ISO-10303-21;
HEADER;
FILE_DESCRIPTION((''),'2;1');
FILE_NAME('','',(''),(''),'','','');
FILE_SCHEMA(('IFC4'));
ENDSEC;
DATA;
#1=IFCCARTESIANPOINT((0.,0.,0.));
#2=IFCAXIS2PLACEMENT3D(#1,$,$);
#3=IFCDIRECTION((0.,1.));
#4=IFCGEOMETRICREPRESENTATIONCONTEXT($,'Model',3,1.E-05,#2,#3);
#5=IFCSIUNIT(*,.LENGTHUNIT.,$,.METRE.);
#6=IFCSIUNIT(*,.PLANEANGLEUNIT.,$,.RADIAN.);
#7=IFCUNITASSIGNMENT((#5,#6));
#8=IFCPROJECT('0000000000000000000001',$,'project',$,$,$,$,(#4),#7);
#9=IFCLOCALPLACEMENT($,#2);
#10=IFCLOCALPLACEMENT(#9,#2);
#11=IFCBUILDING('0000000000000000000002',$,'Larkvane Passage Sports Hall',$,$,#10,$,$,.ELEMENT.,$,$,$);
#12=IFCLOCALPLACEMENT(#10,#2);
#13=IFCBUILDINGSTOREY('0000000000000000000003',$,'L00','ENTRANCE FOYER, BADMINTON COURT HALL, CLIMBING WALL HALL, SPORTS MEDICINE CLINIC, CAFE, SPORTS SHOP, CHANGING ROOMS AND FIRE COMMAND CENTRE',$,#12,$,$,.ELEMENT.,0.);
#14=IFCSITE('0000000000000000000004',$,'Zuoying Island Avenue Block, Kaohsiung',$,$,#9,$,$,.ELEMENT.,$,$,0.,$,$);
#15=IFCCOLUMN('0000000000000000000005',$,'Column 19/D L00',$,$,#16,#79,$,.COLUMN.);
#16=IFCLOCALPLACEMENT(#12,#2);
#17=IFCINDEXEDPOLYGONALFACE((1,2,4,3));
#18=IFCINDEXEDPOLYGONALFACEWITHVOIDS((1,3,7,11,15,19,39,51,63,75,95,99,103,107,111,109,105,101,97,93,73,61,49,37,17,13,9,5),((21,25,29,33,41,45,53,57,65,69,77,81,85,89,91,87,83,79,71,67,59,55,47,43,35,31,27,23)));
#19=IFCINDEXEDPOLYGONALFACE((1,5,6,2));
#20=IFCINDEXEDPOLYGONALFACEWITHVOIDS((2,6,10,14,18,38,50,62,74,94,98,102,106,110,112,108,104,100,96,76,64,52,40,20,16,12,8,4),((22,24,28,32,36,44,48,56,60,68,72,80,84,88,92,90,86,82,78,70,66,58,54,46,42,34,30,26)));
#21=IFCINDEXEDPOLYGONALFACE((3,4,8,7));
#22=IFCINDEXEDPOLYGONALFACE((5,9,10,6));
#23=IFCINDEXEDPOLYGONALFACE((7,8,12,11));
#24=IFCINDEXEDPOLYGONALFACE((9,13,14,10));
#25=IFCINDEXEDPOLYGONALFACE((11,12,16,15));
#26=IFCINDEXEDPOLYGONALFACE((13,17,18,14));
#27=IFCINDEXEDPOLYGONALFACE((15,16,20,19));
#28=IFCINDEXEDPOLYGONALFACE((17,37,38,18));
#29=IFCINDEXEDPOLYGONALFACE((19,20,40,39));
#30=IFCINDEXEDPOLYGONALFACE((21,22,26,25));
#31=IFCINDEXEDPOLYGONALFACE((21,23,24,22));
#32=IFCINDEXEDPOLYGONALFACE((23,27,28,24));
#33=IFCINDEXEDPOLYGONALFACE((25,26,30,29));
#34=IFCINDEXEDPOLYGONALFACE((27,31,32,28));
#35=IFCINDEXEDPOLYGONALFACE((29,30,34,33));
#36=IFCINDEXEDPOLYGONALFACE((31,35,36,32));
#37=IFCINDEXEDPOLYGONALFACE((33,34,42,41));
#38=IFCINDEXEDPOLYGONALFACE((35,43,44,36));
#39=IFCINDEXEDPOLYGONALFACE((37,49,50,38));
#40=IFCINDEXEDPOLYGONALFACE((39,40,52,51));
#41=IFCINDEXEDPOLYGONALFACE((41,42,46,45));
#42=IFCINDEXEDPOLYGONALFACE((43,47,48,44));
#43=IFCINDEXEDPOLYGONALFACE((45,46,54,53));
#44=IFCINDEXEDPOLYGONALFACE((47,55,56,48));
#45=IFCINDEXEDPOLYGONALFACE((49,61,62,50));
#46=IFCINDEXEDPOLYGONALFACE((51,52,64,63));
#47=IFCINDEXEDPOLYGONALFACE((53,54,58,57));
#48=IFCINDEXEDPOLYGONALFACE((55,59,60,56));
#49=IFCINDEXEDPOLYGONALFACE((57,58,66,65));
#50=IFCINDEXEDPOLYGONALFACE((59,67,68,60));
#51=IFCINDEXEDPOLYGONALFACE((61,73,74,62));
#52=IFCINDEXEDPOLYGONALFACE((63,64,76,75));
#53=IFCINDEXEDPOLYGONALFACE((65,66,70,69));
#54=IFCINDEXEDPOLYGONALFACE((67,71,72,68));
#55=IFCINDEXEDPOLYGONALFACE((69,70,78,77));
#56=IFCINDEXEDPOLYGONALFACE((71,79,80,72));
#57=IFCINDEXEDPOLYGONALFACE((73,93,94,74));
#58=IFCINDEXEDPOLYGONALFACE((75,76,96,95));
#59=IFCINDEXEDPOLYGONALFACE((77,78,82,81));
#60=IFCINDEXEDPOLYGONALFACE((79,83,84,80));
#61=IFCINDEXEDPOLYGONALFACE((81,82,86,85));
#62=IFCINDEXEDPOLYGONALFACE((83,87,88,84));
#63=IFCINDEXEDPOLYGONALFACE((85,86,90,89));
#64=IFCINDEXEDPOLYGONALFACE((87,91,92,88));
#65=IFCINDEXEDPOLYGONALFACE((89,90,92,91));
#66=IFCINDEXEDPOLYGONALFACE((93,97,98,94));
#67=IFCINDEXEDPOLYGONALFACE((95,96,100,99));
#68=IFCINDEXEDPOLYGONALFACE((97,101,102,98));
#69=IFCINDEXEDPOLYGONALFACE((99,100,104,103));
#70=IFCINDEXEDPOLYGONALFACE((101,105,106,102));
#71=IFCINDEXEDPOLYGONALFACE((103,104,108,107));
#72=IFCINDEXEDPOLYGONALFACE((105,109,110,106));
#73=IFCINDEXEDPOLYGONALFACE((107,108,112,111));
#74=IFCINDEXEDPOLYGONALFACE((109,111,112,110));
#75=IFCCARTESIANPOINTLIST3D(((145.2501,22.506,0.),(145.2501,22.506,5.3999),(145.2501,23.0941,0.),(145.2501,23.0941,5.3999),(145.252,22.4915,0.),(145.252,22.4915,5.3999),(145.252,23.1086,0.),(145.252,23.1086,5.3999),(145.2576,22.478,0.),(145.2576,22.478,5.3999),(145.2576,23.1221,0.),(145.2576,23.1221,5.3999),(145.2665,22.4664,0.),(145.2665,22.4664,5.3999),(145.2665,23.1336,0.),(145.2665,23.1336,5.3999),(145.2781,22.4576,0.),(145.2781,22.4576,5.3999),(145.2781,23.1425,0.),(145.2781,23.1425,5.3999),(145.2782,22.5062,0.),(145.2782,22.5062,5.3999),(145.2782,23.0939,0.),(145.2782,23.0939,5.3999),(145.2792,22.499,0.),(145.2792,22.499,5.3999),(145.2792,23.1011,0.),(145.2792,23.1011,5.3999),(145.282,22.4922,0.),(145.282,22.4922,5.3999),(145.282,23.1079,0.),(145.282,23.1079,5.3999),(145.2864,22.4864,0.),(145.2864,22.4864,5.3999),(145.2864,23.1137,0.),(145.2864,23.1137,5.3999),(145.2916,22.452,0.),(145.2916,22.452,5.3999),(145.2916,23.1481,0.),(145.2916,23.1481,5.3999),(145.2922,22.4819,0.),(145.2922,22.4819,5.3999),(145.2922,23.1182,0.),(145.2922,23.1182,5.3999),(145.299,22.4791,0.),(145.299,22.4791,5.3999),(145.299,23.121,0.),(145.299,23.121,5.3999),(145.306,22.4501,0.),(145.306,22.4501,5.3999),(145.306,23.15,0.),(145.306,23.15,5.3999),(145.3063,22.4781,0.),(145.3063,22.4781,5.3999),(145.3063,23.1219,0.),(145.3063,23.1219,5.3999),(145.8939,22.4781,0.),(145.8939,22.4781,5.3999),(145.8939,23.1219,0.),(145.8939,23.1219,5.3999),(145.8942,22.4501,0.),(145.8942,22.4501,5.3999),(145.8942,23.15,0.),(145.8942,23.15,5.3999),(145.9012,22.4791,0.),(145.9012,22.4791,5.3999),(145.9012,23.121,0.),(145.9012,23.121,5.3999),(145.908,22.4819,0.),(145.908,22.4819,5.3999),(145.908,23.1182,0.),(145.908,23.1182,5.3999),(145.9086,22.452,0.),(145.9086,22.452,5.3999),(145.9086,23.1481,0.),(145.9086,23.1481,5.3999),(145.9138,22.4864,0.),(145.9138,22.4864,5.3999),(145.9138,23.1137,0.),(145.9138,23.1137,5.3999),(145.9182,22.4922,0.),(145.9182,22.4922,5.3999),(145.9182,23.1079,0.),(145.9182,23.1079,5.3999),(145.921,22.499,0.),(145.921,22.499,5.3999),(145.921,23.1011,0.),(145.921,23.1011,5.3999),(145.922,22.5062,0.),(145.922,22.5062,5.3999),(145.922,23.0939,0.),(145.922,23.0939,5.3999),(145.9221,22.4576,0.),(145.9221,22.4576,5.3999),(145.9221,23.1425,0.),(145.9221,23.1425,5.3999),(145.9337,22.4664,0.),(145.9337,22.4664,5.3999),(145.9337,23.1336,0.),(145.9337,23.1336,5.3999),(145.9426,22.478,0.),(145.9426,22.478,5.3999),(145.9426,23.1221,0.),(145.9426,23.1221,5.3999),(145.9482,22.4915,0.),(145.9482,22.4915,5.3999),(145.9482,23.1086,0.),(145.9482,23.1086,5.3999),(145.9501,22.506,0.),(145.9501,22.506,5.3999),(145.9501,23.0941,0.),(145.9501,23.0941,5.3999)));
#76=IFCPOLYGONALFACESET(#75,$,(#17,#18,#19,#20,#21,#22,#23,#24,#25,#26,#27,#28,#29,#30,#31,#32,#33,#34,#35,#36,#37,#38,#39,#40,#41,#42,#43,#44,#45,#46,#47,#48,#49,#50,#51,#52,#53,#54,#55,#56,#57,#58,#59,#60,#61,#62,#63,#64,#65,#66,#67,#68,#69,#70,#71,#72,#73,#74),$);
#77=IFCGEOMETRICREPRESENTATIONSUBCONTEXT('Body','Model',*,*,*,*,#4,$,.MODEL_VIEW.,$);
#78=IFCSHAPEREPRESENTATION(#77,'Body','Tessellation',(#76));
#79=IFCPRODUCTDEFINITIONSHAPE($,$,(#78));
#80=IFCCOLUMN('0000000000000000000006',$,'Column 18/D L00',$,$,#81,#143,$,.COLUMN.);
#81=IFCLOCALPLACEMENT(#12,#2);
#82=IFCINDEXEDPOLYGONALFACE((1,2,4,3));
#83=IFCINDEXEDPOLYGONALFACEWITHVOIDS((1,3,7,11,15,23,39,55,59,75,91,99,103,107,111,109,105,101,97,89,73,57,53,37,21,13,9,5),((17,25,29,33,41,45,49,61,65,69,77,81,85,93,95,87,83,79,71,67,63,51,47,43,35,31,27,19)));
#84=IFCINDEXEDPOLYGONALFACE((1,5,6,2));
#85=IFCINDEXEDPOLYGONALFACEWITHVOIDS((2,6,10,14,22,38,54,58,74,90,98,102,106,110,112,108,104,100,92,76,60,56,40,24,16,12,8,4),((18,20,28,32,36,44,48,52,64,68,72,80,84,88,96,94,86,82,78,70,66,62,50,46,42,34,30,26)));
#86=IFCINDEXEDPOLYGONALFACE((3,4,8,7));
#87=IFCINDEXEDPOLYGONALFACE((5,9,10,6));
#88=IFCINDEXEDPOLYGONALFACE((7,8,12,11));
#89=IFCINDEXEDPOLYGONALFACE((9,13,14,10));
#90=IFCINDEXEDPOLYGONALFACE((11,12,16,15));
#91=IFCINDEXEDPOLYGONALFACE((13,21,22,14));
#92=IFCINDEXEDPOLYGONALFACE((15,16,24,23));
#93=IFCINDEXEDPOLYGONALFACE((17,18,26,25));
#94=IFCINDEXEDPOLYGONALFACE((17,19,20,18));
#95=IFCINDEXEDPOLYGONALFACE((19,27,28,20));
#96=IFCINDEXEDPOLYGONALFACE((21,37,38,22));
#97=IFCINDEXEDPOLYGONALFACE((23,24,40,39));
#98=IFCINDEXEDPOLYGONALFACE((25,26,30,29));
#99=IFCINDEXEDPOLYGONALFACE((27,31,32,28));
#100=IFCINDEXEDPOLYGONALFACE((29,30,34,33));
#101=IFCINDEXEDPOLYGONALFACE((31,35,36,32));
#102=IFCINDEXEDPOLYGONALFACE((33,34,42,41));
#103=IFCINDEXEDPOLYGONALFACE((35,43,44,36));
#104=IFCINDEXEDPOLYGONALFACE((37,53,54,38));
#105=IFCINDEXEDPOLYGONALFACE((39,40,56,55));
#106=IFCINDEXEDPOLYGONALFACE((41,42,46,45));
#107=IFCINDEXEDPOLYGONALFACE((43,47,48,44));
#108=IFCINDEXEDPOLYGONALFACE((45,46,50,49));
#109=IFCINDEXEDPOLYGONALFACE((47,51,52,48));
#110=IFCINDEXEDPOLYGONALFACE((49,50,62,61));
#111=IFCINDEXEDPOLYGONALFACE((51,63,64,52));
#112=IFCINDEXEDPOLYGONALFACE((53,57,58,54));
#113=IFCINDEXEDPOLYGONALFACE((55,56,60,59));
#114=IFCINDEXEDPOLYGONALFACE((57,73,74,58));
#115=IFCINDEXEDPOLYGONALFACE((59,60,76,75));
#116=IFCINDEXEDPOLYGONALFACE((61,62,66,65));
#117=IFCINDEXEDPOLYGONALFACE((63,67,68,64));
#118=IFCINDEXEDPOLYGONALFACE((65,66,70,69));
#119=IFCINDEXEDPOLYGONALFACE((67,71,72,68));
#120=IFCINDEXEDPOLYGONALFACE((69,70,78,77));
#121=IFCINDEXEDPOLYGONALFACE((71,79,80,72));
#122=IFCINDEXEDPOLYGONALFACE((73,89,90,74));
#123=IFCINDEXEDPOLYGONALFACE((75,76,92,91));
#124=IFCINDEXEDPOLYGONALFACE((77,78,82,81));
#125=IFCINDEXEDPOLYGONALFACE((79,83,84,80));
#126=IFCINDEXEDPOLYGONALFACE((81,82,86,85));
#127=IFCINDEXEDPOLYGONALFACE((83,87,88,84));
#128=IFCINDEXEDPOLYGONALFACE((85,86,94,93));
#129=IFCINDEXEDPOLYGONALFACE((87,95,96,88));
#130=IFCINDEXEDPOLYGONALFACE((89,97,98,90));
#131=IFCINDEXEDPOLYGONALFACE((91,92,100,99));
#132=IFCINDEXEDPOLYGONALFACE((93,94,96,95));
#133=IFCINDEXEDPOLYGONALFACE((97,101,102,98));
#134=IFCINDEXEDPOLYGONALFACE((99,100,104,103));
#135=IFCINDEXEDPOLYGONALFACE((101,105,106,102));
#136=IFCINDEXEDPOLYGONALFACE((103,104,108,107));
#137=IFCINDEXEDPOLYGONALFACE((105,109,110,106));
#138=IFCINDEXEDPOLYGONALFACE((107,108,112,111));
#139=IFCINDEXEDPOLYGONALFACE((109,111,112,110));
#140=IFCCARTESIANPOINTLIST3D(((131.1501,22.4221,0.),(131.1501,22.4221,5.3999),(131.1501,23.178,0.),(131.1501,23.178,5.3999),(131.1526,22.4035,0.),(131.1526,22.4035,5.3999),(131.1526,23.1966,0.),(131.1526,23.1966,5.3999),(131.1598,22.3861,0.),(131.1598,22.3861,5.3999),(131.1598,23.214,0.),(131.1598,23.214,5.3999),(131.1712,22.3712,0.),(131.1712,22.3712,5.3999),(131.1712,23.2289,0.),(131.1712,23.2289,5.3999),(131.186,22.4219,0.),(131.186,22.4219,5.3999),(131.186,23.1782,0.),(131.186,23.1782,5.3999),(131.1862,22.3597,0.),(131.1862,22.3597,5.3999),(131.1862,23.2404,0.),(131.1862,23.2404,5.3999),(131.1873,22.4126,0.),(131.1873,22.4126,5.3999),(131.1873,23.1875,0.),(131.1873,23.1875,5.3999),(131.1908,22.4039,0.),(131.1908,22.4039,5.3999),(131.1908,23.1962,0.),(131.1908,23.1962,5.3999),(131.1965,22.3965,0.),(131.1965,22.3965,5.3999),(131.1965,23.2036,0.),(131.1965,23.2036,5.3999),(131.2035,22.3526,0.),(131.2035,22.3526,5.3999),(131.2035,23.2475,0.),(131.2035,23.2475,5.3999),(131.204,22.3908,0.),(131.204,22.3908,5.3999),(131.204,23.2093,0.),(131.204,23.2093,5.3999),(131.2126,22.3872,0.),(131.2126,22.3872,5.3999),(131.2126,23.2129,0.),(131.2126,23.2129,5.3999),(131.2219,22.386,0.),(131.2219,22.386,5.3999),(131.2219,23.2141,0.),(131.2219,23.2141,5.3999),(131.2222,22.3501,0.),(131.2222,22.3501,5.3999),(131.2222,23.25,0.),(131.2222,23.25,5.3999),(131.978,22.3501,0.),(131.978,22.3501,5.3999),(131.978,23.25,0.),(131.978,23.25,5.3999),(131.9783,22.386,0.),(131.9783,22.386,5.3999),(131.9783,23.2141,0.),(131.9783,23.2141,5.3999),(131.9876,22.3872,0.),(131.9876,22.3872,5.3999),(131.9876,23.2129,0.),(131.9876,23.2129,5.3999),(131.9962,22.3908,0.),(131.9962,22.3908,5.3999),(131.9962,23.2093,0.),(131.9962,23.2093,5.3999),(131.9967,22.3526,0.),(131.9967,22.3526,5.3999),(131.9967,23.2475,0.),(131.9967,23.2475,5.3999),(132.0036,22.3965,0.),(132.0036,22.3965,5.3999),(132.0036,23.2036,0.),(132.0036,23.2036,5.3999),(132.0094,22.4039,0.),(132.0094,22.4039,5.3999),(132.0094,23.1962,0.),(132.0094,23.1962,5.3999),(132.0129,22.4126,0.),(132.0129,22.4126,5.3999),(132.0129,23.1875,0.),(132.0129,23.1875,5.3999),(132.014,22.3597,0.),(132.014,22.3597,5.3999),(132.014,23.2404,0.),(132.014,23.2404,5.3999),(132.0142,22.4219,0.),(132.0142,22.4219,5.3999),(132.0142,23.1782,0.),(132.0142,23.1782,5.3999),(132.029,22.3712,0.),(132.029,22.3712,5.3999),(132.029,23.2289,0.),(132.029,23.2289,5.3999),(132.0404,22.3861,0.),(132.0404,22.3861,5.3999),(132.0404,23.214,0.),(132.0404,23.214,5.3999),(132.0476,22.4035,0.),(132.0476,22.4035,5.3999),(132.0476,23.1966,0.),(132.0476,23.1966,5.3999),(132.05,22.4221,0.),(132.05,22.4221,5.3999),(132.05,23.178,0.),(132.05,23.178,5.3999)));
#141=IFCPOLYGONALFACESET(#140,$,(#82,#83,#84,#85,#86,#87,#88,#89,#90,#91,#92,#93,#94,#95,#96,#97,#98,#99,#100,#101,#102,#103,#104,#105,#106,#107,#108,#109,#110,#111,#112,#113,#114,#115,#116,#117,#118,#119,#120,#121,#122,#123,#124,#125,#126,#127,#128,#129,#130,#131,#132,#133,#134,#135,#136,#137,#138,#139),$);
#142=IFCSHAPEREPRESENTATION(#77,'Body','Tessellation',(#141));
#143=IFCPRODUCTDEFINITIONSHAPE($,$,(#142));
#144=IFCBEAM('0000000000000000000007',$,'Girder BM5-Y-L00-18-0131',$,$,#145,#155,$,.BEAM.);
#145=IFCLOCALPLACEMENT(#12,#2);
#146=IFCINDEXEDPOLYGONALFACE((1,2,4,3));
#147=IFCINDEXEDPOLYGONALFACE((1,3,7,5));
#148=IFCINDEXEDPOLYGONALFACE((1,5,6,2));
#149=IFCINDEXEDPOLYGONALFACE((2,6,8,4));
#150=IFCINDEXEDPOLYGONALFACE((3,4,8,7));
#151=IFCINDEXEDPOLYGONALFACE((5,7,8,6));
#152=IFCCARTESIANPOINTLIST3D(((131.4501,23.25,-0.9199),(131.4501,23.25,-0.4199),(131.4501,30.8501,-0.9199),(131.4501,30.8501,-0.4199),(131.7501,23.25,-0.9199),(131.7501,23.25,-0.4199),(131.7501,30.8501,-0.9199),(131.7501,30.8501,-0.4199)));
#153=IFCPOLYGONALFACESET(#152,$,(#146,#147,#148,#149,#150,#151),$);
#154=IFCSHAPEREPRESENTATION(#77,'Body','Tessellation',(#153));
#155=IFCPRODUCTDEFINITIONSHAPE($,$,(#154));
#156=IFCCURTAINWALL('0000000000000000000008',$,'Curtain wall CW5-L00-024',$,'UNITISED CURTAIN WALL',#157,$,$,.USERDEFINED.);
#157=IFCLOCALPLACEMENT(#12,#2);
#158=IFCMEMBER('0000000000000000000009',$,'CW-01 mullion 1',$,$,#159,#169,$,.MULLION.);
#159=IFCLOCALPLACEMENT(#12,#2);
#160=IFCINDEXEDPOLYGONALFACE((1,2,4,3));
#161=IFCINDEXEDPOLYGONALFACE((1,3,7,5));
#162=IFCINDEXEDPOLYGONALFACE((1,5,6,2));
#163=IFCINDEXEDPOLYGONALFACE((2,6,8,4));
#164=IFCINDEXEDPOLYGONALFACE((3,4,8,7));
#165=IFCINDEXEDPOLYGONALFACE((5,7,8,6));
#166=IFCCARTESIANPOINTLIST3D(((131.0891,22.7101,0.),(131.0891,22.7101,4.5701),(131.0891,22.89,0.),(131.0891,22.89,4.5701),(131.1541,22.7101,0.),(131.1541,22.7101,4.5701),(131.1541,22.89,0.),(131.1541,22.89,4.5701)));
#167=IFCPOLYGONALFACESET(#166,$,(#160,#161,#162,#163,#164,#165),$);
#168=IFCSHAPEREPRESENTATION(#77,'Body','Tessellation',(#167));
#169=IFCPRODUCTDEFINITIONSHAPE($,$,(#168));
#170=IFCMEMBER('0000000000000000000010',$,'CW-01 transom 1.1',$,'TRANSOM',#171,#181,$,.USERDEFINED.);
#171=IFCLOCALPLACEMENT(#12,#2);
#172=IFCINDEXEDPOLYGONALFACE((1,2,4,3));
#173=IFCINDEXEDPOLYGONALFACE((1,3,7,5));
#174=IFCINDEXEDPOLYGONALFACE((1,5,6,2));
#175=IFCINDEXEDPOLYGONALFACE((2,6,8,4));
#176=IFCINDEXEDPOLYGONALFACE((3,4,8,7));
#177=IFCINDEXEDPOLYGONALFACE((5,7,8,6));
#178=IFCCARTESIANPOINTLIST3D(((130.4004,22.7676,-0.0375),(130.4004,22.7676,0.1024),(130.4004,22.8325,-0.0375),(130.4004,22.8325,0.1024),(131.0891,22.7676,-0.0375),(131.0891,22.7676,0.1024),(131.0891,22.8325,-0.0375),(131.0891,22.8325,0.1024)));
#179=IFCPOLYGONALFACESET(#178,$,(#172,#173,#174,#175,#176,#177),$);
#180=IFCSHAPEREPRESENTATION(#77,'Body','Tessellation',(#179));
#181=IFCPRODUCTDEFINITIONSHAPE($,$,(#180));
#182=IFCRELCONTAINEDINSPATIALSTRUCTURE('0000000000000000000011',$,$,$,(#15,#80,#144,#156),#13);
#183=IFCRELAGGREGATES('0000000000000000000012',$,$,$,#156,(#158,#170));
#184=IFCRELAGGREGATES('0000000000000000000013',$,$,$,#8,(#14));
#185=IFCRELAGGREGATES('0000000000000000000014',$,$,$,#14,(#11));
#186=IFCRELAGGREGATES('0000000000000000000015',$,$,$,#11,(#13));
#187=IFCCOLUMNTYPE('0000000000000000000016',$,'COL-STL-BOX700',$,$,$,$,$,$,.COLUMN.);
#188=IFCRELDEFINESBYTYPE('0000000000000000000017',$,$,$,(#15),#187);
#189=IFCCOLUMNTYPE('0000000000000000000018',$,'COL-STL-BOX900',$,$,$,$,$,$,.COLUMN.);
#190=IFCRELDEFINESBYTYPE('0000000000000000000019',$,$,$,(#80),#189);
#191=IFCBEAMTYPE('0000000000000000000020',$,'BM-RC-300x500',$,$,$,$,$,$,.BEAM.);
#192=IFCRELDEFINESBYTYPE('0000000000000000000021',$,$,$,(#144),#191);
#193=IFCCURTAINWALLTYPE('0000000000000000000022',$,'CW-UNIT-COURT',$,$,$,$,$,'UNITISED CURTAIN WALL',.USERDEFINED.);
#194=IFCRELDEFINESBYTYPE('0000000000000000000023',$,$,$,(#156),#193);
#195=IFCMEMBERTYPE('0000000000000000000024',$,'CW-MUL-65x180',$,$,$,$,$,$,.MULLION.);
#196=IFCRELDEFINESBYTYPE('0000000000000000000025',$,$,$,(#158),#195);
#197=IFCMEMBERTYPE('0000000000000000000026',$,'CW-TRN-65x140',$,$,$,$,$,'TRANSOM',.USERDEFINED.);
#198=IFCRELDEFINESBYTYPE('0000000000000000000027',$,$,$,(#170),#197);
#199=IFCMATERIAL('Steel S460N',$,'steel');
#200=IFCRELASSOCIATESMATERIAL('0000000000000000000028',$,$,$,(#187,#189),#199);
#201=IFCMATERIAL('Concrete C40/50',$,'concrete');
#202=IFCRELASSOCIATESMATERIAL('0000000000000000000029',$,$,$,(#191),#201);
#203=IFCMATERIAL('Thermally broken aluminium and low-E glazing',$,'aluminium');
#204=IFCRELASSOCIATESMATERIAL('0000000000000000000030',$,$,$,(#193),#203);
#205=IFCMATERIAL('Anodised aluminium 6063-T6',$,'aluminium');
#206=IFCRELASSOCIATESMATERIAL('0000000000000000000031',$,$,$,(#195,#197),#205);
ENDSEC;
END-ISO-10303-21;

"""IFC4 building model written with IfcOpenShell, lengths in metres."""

from ifc_helpers import new_model, si_unit, direction, frame, origin, origin_2d, place, context, subcontext, project, spatial, rectangle, hollow_rectangle, extrude, material, material_profile, profile_set, type_object, element, aggregate, save


model = new_model("IFC4")

# Units and contexts
model_context = context("Model", 3, precision=1e-05, world=origin(), true_north=direction((0.0, 1.0)))
body_context = subcontext(model_context, "Body", "Model", "MODEL_VIEW")
ifc_project = project(units=[si_unit("LENGTHUNIT", "METRE"), si_unit("PLANEANGLEUNIT", "RADIAN")], contexts=[model_context])

# Site, building, storey
site_placement = place(None, origin())
site = spatial("IfcSite", under=ifc_project, at=site_placement, Name="Zuoying Island Avenue Block, Kaohsiung", CompositionType="ELEMENT", RefElevation=0.0)
building_placement = place(site_placement, origin())
building = spatial("IfcBuilding", under=site, at=building_placement, Name="Larkvane Passage Sports Hall", CompositionType="ELEMENT")
storey_placement = place(building_placement, origin())
storey = spatial("IfcBuildingStorey", under=building, at=storey_placement, Name="L00", Description="ENTRANCE FOYER, BADMINTON COURT HALL, CLIMBING WALL HALL, SPORTS MEDICINE CLINIC, CAFE, SPORTS SHOP, CHANGING ROOMS AND FIRE COMMAND CENTRE", CompositionType="ELEMENT", Elevation=0.0)

# Columns
ifc_material_1 = material(Name="Steel S460N", Category="steel")
ifc_material_profile_1 = material_profile(ifc_material_1, hollow_rectangle(XDim=0.7, YDim=0.7, WallThickness=0.0281, InnerFilletRadius=0.0281, OuterFilletRadius=0.0559, at=origin_2d()), Name="BOX-700x700x28")
ifc_profile_set_1 = profile_set([ifc_material_profile_1], Name="Steel S460N")
column_type_1 = type_object("IfcColumnType", Name="COL-STL-BOX700", PredefinedType="COLUMN", material=ifc_profile_set_1)
column_1_placement = place(storey_placement, frame((145.6001, 22.8, 0.0), z_axis=(0.0, 0.0, 1.0), x_axis=(1.0, 0.0, 0.0)))
element("IfcColumn", 1, at=column_1_placement, inside=storey, type_object=column_type_1, Name="Column 19/D L00", PredefinedType="COLUMN", context=body_context, shape_type="SweptSolid", body=[
    extrude(hollow_rectangle(XDim=0.7, YDim=0.7, WallThickness=0.0281, InnerFilletRadius=0.0281, OuterFilletRadius=0.0559, at=origin_2d()), origin(), (0.0, 0.0, 1.0), 5.3999),
])
ifc_material_profile_2 = material_profile(ifc_material_1, hollow_rectangle(XDim=0.8999, YDim=0.8999, WallThickness=0.0359, InnerFilletRadius=0.0359, OuterFilletRadius=0.072, at=origin_2d()), Name="BOX-900x900x36")
ifc_profile_set_2 = profile_set([ifc_material_profile_2], Name="Steel S460N")
column_type_2 = type_object("IfcColumnType", Name="COL-STL-BOX900", PredefinedType="COLUMN", material=ifc_profile_set_2)
column_2_placement = place(storey_placement, frame((131.6001, 22.8, 0.0), z_axis=(0.0, 0.0, 1.0), x_axis=(1.0, 0.0, 0.0)))
element("IfcColumn", 2, at=column_2_placement, inside=storey, type_object=column_type_2, Name="Column 18/D L00", PredefinedType="COLUMN", context=body_context, shape_type="SweptSolid", body=[
    extrude(hollow_rectangle(XDim=0.8999, YDim=0.8999, WallThickness=0.0359, InnerFilletRadius=0.0359, OuterFilletRadius=0.072, at=origin_2d()), origin(), (0.0, 0.0, 1.0), 5.3999),
])

# Beam
ifc_material_2 = material(Name="Concrete C40/50", Category="concrete")
ifc_material_profile_3 = material_profile(ifc_material_2, rectangle(XDim=0.3, YDim=0.5, at=origin_2d()), Name="RC-BM-300x500")
ifc_profile_set_3 = profile_set([ifc_material_profile_3], Name="Concrete C40/50")
beam_type_1 = type_object("IfcBeamType", Name="BM-RC-300x500", PredefinedType="BEAM", material=ifc_profile_set_3)
beam_1_placement = place(storey_placement, frame((131.6001, 23.25, -0.6699), z_axis=(0.0, 1.0, 0.0), x_axis=(-1.0, 0.0, 0.0)))
element("IfcBeam", 3, at=beam_1_placement, inside=storey, type_object=beam_type_1, Name="Girder BM5-Y-L00-18-0131", PredefinedType="BEAM", context=body_context, shape_type="SweptSolid", body=[
    extrude(rectangle(XDim=0.3, YDim=0.5, at=origin_2d()), origin(), (0.0, 0.0, 1.0), 7.6001),
])

# Curtain wall, members
ifc_material_3 = material(Name="Thermally broken aluminium and low-E glazing", Category="aluminium")
curtain_wall_type = type_object("IfcCurtainWallType", Name="CW-UNIT-COURT", ElementType="UNITISED CURTAIN WALL", PredefinedType="USERDEFINED", material=ifc_material_3)
curtain_wall_placement = place(storey_placement, origin())
curtain_wall = element("IfcCurtainWall", 4, at=curtain_wall_placement, inside=storey, type_object=curtain_wall_type, Name="Curtain wall CW5-L00-024", ObjectType="UNITISED CURTAIN WALL", PredefinedType="USERDEFINED")
ifc_material_4 = material(Name="Anodised aluminium 6063-T6", Category="aluminium")
ifc_material_profile_4 = material_profile(ifc_material_4, rectangle(XDim=0.0649, YDim=0.1799, at=origin_2d()), Name="ALU-MUL-65x180")
ifc_profile_set_4 = profile_set([ifc_material_profile_4], Name="Anodised aluminium 6063-T6")
member_type_1 = type_object("IfcMemberType", Name="CW-MUL-65x180", PredefinedType="MULLION", material=ifc_profile_set_4)
member_1_placement = place(storey_placement, frame((131.1216, 22.8, 0.0), z_axis=(0.0, 0.0, 1.0), x_axis=(-1.0, 0.0, 0.0)))
member_1 = element("IfcMember", 5, at=member_1_placement, type_object=member_type_1, Name="CW-01 mullion 1", PredefinedType="MULLION", context=body_context, shape_type="SweptSolid", body=[
    extrude(rectangle(XDim=0.0649, YDim=0.1799, at=origin_2d()), origin(), (0.0, 0.0, 1.0), 4.5701),
])
ifc_material_profile_5 = material_profile(ifc_material_4, rectangle(XDim=0.0649, YDim=0.1399, at=origin_2d()), Name="ALU-TRN-65x140")
ifc_profile_set_5 = profile_set([ifc_material_profile_5], Name="Anodised aluminium 6063-T6")
member_type_2 = type_object("IfcMemberType", Name="CW-TRN-65x140", ElementType="TRANSOM", PredefinedType="USERDEFINED", material=ifc_profile_set_5)
member_2_placement = place(storey_placement, frame((131.0891, 22.8, 0.0325), z_axis=(-1.0, 0.0, 0.0), x_axis=(0.0, -1.0, 0.0)))
member_2 = element("IfcMember", 6, at=member_2_placement, type_object=member_type_2, Name="CW-01 transom 1.1", ObjectType="TRANSOM", PredefinedType="USERDEFINED", context=body_context, shape_type="SweptSolid", body=[
    extrude(rectangle(XDim=0.0649, YDim=0.1399, at=origin_2d()), origin(), (0.0, 0.0, 1.0), 0.6887),
])

aggregate(curtain_wall, [member_1, member_2])

save(model, "model.ifc")
